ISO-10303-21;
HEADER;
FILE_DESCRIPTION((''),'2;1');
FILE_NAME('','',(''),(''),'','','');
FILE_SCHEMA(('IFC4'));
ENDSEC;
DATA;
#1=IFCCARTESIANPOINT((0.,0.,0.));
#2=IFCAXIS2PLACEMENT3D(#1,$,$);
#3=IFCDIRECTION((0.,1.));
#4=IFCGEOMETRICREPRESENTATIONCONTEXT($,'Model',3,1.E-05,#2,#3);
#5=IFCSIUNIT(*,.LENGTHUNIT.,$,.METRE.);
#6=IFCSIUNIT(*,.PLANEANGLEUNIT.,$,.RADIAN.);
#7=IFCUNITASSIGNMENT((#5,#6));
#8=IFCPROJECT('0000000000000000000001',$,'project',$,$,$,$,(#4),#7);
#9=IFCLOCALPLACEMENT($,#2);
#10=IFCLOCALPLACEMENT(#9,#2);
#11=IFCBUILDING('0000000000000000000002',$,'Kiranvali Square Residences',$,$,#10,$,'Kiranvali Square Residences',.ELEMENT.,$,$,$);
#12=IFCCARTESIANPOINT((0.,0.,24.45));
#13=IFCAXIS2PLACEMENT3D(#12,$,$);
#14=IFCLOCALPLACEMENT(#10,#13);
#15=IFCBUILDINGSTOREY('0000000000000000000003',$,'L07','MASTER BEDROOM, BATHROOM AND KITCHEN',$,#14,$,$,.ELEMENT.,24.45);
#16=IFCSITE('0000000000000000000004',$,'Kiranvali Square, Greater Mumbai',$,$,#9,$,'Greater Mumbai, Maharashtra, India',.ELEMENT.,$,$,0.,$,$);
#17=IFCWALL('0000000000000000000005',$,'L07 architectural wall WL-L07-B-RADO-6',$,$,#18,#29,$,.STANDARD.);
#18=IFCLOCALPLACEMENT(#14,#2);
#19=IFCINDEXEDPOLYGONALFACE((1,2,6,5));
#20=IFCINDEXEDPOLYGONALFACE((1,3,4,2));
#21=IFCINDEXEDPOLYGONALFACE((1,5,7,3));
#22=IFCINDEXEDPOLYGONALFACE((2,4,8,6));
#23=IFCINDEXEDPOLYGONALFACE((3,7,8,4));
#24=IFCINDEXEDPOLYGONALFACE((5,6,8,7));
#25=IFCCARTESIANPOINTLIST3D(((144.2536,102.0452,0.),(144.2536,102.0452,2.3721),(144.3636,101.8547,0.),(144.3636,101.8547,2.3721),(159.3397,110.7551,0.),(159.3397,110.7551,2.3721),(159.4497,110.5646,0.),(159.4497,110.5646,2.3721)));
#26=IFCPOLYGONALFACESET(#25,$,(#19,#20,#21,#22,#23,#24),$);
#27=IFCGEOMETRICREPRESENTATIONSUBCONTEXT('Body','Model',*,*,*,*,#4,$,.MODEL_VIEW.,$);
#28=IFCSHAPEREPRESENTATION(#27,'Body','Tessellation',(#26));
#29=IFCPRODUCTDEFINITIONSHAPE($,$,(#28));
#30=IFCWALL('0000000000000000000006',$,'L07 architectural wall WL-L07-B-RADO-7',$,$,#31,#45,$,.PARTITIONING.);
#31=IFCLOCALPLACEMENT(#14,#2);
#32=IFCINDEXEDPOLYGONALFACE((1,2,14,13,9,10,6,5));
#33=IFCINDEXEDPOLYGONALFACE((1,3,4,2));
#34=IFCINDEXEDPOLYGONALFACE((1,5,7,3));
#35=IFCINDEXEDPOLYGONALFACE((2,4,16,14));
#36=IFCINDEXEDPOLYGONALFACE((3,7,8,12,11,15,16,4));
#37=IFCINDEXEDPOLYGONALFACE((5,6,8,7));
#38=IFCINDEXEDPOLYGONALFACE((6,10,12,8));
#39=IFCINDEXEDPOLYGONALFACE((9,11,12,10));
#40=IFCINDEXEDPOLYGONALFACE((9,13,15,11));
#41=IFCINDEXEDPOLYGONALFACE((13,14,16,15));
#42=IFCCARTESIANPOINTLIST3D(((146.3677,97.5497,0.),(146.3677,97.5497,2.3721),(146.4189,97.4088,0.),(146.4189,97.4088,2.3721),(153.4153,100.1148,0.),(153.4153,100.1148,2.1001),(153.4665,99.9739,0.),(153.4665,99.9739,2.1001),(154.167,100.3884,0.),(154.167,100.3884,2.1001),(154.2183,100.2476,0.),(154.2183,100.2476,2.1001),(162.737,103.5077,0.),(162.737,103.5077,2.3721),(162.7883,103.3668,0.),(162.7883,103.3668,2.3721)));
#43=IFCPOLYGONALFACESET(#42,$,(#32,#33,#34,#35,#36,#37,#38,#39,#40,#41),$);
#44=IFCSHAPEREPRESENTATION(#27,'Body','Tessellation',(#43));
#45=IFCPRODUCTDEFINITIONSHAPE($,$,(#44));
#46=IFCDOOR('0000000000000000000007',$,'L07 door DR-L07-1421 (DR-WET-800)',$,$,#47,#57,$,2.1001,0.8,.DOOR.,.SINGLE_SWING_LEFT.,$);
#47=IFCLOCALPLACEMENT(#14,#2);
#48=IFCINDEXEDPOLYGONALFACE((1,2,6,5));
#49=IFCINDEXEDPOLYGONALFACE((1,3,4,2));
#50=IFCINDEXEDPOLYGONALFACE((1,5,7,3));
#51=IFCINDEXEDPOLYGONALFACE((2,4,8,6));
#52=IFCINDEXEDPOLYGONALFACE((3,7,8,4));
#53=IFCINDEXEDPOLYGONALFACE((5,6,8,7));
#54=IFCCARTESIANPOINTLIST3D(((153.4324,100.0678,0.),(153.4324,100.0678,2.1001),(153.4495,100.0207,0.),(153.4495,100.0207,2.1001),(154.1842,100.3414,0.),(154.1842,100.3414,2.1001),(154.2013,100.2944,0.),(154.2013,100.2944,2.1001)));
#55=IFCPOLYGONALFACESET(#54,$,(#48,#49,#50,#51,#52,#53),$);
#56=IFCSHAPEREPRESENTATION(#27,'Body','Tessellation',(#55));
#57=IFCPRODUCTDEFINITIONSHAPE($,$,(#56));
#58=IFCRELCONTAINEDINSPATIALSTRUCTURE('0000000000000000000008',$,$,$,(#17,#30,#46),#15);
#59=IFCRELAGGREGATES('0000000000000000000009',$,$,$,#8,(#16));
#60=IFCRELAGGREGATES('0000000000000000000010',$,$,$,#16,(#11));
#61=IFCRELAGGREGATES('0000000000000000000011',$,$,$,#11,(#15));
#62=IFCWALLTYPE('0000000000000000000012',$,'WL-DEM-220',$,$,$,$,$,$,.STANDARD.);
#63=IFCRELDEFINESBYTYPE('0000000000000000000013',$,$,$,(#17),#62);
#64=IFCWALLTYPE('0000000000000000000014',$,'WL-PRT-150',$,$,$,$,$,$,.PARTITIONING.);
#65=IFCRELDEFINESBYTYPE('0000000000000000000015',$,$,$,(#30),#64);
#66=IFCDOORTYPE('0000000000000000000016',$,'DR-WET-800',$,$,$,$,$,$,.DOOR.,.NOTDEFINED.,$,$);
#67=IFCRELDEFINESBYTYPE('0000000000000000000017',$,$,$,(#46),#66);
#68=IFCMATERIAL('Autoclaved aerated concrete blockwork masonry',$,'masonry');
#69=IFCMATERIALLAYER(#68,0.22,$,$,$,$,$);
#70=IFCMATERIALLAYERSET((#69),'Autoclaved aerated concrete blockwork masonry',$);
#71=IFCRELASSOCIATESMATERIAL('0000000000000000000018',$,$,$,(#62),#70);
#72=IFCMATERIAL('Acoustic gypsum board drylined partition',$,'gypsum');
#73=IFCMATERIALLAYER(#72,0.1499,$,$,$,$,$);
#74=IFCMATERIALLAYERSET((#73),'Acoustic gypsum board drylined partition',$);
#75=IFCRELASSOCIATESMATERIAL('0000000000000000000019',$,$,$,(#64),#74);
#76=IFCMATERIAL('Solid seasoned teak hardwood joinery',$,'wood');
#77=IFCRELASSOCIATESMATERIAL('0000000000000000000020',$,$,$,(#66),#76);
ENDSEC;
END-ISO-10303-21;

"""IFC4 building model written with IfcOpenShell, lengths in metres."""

from ifc_helpers import new_model, si_unit, direction, frame, frame_2d, origin, place, context, subcontext, project, spatial, rectangle, extrude, material, layer, layer_set, type_object, element, fill, save


model = new_model("IFC4")

# Units and contexts
model_context = context("Model", 3, precision=1e-05, world=origin(), true_north=direction((0.0, 1.0)))
body_context = subcontext(model_context, "Body", "Model", "MODEL_VIEW")
ifc_project = project(units=[si_unit("LENGTHUNIT", "METRE"), si_unit("PLANEANGLEUNIT", "RADIAN")], contexts=[model_context])

# Site, building, storey
site_placement = place(None, origin())
site = spatial("IfcSite", under=ifc_project, at=site_placement, Name="Kiranvali Square, Greater Mumbai", LongName="Greater Mumbai, Maharashtra, India", CompositionType="ELEMENT", RefElevation=0.0)
building_placement = place(site_placement, origin())
building = spatial("IfcBuilding", under=site, at=building_placement, Name="Kiranvali Square Residences", LongName="Kiranvali Square Residences", CompositionType="ELEMENT")
storey_placement = place(building_placement, frame((0.0, 0.0, 24.45)))
storey = spatial("IfcBuildingStorey", under=building, at=storey_placement, Name="L07", Description="MASTER BEDROOM, BATHROOM AND KITCHEN", CompositionType="ELEMENT", Elevation=24.45)

# Shared definitions
ifc_material_1 = material(Name="Autoclaved aerated concrete blockwork masonry", Category="masonry")

# Wall
ifc_layer_1 = layer(ifc_material_1, 0.22)
ifc_layer_set_1 = layer_set([ifc_layer_1], Name="Autoclaved aerated concrete blockwork masonry")
wall_type_1 = type_object("IfcWallType", Name="WL-DEM-220", PredefinedType="STANDARD", material=ifc_layer_set_1)
wall_1_placement = place(storey_placement, frame((144.3086, 101.95, 0.0), z_axis=(0.0, 0.0, 1.0), x_axis=(0.866027, 0.499998, 0.0)))
element("IfcWall", 1, at=wall_1_placement, inside=storey, type_object=wall_type_1, Name="L07 architectural wall WL-L07-B-RADO-6", PredefinedType="STANDARD", context=body_context, shape_type="SweptSolid", body=[
    extrude(rectangle(XDim=17.4199, YDim=0.22, at=frame_2d((8.71, 0.0))), origin(), (0.0, 0.0, 1.0), 2.3721),
])

# Wall, opening, door
ifc_material_2 = material(Name="Acoustic gypsum board drylined partition", Category="gypsum")
ifc_layer_2 = layer(ifc_material_2, 0.1499)
ifc_layer_set_2 = layer_set([ifc_layer_2], Name="Acoustic gypsum board drylined partition")
wall_type_2 = type_object("IfcWallType", Name="WL-PRT-150", PredefinedType="PARTITIONING", material=ifc_layer_set_2)
wall_2_placement = place(storey_placement, frame((146.3933, 97.4792, 0.0), z_axis=(0.0, 0.0, 1.0), x_axis=(0.939692, 0.342022, 0.0)))
wall_2 = element("IfcWall", 2, at=wall_2_placement, inside=storey, type_object=wall_type_2, Name="L07 architectural wall WL-L07-B-RADO-7", PredefinedType="PARTITIONING", context=body_context, shape_type="SweptSolid", body=[
    extrude(rectangle(XDim=17.4199, YDim=0.1499, at=frame_2d((8.71, 0.0))), origin(), (0.0, 0.0, 1.0), 2.3721),
])
opening_1_placement = place(wall_2_placement, frame((7.5, 0.0, 0.0)))
opening_1 = element("IfcOpeningElement", 3, at=opening_1_placement, cuts=wall_2, PredefinedType="OPENING", context=body_context, shape_type="SweptSolid", body=[
    extrude(rectangle(XDim=0.8, YDim=2.1001, at=frame_2d((0.3999, 1.05))), frame((0.0, 0.085, 0.0), z_axis=(0.0, -1.0, 0.0), x_axis=(1.0, 0.0, 0.0)), (0.0, 0.0, 1.0), 0.1699),
])
ifc_material_3 = material(Name="Solid seasoned teak hardwood joinery", Category="wood")
door_type_1 = type_object("IfcDoorType", Name="DR-WET-800", OperationType="NOTDEFINED", PredefinedType="DOOR", material=ifc_material_3)
door_1_placement = place(opening_1_placement, origin())
door_1 = element("IfcDoor", 4, at=door_1_placement, inside=storey, type_object=door_type_1, Name="L07 door DR-L07-1421 (DR-WET-800)", OperationType="SINGLE_SWING_LEFT", OverallHeight=2.1001, OverallWidth=0.8, PredefinedType="DOOR", context=body_context, shape_type="SweptSolid", body=[
    extrude(rectangle(XDim=0.8, YDim=2.1001, at=frame_2d((0.3999, 1.05))), frame((0.0, 0.0249, 0.0), z_axis=(0.0, -1.0, 0.0), x_axis=(1.0, 0.0, 0.0)), (0.0, 0.0, 1.0), 0.05),
])
fill(opening_1, door_1)

save(model, "model.ifc")
